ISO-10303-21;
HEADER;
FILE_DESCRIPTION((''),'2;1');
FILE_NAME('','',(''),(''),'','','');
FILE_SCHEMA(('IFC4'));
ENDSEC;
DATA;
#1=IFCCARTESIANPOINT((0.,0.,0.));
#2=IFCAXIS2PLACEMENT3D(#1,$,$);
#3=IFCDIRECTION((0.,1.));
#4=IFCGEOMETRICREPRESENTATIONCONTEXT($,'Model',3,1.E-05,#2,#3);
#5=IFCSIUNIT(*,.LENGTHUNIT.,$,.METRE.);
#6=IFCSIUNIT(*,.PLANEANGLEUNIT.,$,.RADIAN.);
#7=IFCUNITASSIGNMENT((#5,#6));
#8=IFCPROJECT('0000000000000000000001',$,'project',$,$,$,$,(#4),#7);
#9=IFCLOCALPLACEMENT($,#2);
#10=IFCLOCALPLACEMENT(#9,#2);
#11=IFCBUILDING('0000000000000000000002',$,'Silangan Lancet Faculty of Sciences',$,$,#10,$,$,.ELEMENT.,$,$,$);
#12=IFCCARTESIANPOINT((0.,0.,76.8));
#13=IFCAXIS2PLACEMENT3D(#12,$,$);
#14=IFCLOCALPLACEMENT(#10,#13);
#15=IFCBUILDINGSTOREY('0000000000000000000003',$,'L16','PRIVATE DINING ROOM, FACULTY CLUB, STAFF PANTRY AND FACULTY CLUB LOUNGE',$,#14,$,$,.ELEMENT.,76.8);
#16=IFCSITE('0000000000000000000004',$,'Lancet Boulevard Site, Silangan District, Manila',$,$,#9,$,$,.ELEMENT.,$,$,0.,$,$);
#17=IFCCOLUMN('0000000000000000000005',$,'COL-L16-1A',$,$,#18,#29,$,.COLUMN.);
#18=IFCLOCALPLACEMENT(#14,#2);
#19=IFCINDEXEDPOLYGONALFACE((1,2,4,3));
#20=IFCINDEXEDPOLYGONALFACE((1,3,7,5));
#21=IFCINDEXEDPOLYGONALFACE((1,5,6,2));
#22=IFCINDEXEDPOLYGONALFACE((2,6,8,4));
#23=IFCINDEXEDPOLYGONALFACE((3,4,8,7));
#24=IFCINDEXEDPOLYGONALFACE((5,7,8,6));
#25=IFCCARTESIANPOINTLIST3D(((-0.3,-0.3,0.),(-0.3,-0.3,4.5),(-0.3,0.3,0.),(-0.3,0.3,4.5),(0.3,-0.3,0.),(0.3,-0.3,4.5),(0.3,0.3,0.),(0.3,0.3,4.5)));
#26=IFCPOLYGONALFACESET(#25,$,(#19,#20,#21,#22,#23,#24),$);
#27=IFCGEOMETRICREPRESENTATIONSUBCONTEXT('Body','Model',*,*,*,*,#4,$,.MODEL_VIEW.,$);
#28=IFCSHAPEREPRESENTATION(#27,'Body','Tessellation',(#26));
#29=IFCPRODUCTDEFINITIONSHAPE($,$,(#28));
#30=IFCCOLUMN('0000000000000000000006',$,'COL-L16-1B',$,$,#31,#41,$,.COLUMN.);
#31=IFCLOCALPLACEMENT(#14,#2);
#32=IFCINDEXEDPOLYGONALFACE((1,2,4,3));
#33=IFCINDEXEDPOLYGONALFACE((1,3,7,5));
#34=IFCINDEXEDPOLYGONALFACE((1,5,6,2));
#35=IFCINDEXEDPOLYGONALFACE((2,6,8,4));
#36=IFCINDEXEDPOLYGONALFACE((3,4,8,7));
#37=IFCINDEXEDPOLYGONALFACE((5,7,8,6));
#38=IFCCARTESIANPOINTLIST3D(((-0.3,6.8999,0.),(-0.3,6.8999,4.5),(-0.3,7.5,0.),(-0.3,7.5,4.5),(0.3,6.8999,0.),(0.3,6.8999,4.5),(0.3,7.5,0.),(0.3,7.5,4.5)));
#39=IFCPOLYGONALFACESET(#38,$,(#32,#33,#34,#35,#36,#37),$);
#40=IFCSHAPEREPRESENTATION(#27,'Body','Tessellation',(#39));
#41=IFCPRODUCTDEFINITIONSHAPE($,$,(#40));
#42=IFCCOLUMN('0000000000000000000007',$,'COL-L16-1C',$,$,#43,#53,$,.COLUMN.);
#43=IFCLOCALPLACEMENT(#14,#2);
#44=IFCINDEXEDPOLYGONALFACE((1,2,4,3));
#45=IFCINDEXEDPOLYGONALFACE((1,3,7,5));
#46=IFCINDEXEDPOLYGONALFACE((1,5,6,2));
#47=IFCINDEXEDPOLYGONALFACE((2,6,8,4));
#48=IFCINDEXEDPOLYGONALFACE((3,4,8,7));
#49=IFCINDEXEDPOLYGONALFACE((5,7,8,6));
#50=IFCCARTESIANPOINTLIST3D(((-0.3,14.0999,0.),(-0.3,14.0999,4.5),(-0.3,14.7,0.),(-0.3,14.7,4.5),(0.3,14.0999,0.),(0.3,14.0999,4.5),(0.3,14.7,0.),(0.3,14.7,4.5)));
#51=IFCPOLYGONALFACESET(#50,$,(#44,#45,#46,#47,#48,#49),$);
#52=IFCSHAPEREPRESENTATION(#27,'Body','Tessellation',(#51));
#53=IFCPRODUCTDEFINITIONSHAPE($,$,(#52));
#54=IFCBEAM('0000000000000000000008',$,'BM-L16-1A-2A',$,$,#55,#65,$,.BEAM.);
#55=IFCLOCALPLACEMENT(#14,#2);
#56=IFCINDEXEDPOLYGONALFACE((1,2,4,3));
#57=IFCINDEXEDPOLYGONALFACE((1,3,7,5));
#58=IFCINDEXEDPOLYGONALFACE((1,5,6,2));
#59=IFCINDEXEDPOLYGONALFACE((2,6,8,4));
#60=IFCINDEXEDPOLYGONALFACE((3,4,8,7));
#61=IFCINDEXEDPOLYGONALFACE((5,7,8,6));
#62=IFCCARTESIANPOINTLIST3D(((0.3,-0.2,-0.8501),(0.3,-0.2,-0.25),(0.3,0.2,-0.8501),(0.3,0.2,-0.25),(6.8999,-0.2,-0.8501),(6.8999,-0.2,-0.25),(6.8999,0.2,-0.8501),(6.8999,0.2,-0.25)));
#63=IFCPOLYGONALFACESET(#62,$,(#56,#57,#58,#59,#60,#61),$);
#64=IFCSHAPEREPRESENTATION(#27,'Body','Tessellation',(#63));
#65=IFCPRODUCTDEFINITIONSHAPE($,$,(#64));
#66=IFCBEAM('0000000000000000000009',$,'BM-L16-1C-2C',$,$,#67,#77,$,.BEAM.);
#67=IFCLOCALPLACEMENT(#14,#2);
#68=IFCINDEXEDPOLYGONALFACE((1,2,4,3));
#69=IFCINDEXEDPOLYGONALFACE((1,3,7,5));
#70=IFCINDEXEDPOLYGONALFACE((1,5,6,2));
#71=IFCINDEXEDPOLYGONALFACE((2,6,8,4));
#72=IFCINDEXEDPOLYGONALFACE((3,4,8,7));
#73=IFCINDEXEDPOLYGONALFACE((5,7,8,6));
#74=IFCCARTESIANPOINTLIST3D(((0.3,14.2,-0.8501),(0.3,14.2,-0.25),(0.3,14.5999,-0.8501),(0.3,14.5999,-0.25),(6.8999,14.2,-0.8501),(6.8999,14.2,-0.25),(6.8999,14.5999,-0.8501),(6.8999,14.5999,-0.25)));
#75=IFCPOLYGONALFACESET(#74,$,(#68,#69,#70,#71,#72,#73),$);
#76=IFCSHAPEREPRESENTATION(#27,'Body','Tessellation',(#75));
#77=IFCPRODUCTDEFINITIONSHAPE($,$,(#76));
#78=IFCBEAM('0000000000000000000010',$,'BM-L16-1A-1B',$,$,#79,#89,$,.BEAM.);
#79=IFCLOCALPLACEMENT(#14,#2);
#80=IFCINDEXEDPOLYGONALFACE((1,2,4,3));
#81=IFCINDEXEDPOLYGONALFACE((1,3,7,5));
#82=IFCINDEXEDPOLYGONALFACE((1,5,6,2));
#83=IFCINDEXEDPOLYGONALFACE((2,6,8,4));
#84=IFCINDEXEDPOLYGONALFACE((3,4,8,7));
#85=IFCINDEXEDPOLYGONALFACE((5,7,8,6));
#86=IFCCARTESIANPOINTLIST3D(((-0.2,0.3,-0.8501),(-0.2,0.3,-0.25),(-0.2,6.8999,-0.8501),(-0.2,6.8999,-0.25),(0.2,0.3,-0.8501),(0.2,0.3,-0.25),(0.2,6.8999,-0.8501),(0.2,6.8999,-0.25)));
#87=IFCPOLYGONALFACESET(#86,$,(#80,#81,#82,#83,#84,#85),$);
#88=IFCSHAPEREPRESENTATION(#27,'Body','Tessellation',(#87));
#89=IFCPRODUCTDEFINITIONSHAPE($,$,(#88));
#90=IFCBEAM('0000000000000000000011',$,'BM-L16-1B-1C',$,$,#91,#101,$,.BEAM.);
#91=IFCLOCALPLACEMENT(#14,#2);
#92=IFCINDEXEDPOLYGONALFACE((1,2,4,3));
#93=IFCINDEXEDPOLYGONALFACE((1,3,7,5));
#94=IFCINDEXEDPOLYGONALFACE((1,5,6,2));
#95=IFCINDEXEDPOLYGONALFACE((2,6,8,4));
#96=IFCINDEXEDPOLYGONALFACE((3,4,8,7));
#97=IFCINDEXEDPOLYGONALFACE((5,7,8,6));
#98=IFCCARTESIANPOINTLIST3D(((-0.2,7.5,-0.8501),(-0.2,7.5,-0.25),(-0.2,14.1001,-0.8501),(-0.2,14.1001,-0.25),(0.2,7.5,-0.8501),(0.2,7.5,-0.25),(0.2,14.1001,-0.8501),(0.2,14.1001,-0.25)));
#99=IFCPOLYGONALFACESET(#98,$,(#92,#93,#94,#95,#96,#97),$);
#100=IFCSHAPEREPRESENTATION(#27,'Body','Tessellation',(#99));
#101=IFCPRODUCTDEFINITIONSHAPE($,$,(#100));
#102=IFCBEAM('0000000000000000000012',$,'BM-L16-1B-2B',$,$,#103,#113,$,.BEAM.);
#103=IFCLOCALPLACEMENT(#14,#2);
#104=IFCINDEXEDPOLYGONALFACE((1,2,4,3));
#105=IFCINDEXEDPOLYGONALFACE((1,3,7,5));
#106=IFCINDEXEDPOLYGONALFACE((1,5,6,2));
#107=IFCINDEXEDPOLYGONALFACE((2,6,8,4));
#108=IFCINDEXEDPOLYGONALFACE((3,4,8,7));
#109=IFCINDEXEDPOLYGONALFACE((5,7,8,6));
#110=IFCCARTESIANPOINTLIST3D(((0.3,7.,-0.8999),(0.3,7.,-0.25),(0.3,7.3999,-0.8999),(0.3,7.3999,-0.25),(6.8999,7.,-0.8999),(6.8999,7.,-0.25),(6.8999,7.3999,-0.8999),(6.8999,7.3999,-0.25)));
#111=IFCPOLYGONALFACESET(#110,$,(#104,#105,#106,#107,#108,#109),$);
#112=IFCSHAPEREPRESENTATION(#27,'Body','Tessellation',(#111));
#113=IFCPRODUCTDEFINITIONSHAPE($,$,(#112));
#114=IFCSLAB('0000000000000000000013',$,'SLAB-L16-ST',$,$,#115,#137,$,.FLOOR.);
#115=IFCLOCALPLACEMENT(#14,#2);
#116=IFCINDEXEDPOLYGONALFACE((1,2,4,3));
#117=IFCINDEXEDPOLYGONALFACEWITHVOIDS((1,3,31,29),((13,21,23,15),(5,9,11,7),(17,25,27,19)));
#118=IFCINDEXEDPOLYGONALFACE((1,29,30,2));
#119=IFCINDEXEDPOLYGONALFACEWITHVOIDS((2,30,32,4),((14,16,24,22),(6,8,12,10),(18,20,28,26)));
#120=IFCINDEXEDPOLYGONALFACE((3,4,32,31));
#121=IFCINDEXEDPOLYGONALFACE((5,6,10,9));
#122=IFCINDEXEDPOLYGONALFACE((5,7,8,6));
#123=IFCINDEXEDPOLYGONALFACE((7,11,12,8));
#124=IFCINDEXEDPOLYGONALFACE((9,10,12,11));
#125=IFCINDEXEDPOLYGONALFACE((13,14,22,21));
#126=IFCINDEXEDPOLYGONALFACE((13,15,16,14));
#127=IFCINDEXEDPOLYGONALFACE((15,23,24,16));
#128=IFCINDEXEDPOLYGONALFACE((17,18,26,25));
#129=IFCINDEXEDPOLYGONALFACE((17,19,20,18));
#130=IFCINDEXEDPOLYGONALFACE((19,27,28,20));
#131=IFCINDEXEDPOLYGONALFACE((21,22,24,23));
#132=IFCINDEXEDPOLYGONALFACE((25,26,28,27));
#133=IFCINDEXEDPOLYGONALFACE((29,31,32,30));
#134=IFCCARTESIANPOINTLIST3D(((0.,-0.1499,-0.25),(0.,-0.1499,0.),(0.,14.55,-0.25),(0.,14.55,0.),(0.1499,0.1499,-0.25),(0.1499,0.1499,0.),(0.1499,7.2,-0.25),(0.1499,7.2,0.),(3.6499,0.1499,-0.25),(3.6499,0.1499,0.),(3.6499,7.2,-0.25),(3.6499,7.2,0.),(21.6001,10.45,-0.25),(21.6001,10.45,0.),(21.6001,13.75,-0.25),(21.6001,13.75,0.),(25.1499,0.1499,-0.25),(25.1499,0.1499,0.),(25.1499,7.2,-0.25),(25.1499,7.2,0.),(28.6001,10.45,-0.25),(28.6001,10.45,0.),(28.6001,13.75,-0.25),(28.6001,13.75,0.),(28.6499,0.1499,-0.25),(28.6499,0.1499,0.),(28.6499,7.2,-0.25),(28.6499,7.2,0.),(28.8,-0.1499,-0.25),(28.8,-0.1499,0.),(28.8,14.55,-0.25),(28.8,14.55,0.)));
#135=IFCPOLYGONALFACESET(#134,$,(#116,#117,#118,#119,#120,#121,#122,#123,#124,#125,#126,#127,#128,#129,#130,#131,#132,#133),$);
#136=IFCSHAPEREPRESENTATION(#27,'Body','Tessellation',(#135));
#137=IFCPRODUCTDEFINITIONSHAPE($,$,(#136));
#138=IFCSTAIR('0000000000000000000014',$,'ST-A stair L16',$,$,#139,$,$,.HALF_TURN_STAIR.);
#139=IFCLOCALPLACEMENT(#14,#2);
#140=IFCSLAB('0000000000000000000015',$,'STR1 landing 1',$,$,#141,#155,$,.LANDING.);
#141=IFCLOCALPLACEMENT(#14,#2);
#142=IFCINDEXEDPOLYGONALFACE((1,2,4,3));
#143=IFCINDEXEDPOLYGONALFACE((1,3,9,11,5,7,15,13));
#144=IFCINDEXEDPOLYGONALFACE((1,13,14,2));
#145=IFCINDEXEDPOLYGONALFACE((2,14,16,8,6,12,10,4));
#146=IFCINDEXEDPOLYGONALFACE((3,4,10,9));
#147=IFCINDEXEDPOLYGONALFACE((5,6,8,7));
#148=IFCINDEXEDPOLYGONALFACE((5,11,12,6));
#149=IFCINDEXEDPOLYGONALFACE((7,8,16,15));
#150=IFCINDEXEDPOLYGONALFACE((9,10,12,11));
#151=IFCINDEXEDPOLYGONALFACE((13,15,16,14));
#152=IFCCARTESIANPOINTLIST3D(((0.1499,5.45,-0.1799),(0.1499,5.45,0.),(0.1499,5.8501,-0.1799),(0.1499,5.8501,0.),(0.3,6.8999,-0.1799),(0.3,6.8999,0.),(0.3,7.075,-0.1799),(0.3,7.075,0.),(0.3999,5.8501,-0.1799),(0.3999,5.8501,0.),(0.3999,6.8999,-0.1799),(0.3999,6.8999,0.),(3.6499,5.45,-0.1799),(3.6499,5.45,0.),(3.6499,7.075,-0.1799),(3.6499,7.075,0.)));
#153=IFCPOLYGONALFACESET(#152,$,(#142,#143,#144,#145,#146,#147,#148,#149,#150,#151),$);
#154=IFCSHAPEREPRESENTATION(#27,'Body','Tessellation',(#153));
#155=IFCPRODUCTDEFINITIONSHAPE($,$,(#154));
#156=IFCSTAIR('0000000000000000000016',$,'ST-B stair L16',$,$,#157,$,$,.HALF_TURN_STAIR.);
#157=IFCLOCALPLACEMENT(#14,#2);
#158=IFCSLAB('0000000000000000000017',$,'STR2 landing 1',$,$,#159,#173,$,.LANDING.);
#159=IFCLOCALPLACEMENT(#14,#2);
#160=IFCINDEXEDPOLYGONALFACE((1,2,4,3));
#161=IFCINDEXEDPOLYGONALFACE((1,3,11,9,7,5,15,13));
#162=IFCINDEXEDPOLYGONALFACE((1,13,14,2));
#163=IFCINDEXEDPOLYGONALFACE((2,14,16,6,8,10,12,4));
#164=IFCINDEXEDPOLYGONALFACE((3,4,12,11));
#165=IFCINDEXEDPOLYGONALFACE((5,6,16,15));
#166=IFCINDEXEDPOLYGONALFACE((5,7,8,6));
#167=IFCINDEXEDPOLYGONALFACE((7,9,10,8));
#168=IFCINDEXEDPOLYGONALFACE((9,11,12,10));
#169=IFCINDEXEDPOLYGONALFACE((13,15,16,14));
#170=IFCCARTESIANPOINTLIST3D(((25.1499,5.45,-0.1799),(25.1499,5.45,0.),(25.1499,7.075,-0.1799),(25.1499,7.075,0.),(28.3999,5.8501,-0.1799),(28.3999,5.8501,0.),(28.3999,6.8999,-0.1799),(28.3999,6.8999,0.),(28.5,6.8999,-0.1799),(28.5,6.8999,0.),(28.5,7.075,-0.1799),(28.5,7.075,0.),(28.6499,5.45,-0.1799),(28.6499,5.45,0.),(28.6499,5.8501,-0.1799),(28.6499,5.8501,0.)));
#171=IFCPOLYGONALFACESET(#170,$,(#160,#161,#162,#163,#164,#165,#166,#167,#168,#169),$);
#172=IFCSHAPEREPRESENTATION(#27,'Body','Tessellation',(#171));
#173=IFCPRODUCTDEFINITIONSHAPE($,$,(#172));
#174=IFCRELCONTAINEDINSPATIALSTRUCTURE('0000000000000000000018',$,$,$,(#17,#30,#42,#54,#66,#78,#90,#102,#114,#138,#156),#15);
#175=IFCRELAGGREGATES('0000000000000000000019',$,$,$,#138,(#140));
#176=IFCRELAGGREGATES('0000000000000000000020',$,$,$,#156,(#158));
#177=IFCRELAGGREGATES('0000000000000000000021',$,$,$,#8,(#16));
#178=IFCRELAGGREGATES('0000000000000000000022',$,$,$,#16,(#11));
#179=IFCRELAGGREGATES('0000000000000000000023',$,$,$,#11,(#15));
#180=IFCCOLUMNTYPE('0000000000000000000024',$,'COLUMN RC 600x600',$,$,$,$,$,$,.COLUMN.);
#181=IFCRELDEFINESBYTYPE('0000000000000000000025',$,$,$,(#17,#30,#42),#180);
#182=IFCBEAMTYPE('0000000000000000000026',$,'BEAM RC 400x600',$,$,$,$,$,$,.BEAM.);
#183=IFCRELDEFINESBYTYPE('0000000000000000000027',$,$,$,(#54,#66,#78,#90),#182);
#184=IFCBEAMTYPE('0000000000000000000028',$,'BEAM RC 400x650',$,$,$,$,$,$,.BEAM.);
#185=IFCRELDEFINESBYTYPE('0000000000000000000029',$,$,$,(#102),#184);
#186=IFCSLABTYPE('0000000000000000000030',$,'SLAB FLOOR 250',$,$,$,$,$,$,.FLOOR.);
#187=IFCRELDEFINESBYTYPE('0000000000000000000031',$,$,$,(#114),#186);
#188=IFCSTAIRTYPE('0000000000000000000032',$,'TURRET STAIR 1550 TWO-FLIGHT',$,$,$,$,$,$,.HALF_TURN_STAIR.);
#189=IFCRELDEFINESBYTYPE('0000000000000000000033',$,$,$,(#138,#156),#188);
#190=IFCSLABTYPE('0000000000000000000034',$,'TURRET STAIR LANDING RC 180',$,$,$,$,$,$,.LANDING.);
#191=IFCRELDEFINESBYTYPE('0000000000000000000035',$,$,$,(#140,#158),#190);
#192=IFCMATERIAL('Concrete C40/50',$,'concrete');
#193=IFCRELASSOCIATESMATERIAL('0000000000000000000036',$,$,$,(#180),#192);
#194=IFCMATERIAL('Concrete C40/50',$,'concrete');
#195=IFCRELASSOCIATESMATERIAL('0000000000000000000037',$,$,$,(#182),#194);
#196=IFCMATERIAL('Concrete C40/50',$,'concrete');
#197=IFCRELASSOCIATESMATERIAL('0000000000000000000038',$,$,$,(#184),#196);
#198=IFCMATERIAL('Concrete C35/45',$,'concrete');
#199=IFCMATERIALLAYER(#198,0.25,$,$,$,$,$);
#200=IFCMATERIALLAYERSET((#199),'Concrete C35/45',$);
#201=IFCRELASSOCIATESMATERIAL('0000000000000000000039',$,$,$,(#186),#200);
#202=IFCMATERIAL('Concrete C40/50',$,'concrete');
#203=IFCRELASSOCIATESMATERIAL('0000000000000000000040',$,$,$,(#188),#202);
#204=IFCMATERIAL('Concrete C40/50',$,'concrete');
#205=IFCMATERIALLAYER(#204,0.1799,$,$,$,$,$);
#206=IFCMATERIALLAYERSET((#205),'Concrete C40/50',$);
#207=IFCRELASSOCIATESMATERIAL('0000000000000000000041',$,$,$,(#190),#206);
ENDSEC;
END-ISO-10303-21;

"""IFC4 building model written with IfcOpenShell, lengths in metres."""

from ifc_helpers import new_model, si_unit, direction, frame, origin, origin_2d, place, context, subcontext, project, spatial, polyline, rectangle, outline, extrude, material, layer, layer_set, material_profile, profile_set, type_object, element, aggregate, save


model = new_model("IFC4")

# Units and contexts
model_context = context("Model", 3, precision=1e-05, world=origin(), true_north=direction((0.0, 1.0)))
body_context = subcontext(model_context, "Body", "Model", "MODEL_VIEW")
ifc_project = project(units=[si_unit("LENGTHUNIT", "METRE"), si_unit("PLANEANGLEUNIT", "RADIAN")], contexts=[model_context])

# Site, building, storey
site_placement = place(None, origin())
site = spatial("IfcSite", under=ifc_project, at=site_placement, Name="Lancet Boulevard Site, Silangan District, Manila", CompositionType="ELEMENT", RefElevation=0.0)
building_placement = place(site_placement, origin())
building = spatial("IfcBuilding", under=site, at=building_placement, Name="Silangan Lancet Faculty of Sciences", CompositionType="ELEMENT")
storey_placement = place(building_placement, frame((0.0, 0.0, 76.8)))
storey = spatial("IfcBuildingStorey", under=building, at=storey_placement, Name="L16", Description="PRIVATE DINING ROOM, FACULTY CLUB, STAFF PANTRY AND FACULTY CLUB LOUNGE", CompositionType="ELEMENT", Elevation=76.8)

# Columns
ifc_material_1 = material(Name="Concrete C40/50", Category="concrete")
ifc_material_profile_1 = material_profile(ifc_material_1, rectangle(XDim=0.6001, YDim=0.6001, at=origin_2d()), Name="RC 600x600")
ifc_profile_set_1 = profile_set([ifc_material_profile_1], Name="Concrete C40/50")
column_type = type_object("IfcColumnType", Name="COLUMN RC 600x600", PredefinedType="COLUMN", material=ifc_profile_set_1)
for number, where, z_axis, x_axis, name in (
    (1, (0.0, 0.0, 0.0), (0.0, 0.0, 1.0), (1.0, 0.0, 0.0), "COL-L16-1A"),
    (2, (0.0, 7.2, 0.0), (0.0, 0.0, 1.0), (1.0, 0.0, 0.0), "COL-L16-1B"),
    (3, (0.0, 14.3999, 0.0), (0.0, 0.0, 1.0), (1.0, 0.0, 0.0), "COL-L16-1C"),
):
    element("IfcColumn", number, at=place(storey_placement, frame(where, z_axis=z_axis, x_axis=x_axis)), inside=storey, type_object=column_type, Name=name, PredefinedType="COLUMN", context=body_context, shape_type="SweptSolid", body=[
        extrude(rectangle(XDim=0.6001, YDim=0.6001, at=origin_2d()), origin(), (0.0, 0.0, 1.0), 4.5),
    ])

# Beams
ifc_material_2 = material(Name="Concrete C40/50", Category="concrete")
ifc_material_profile_2 = material_profile(ifc_material_2, rectangle(XDim=0.3999, YDim=0.6001, at=origin_2d()), Name="RC 400x600")
ifc_profile_set_2 = profile_set([ifc_material_profile_2], Name="Concrete C40/50")
beam_type_1 = type_object("IfcBeamType", Name="BEAM RC 400x600", PredefinedType="BEAM", material=ifc_profile_set_2)
for number, where, z_axis, x_axis, name in (
    (4, (0.3, 0.0, -0.55), (1.0, 0.0, 0.0), (0.0, 1.0, 0.0), "BM-L16-1A-2A"),
    (5, (0.3, 14.3999, -0.55), (1.0, 0.0, 0.0), (0.0, 1.0, 0.0), "BM-L16-1C-2C"),
    (6, (0.0, 0.3, -0.55), (0.0, 1.0, 0.0), (-1.0, 0.0, 0.0), "BM-L16-1A-1B"),
):
    element("IfcBeam", number, at=place(storey_placement, frame(where, z_axis=z_axis, x_axis=x_axis)), inside=storey, type_object=beam_type_1, Name=name, PredefinedType="BEAM", context=body_context, shape_type="SweptSolid", body=[
        extrude(rectangle(XDim=0.3999, YDim=0.6001, at=origin_2d()), origin(), (0.0, 0.0, 1.0), 6.5999),
    ])
beam_1_placement = place(storey_placement, frame((0.0, 7.5, -0.55), z_axis=(0.0, 1.0, 0.0), x_axis=(-1.0, 0.0, 0.0)))
element("IfcBeam", 7, at=beam_1_placement, inside=storey, type_object=beam_type_1, Name="BM-L16-1B-1C", PredefinedType="BEAM", context=body_context, shape_type="SweptSolid", body=[
    extrude(rectangle(XDim=0.3999, YDim=0.6001, at=origin_2d()), origin(), (0.0, 0.0, 1.0), 6.6001),
])
ifc_material_3 = material(Name="Concrete C40/50", Category="concrete")
ifc_material_profile_3 = material_profile(ifc_material_3, rectangle(XDim=0.3999, YDim=0.6499, at=origin_2d()), Name="RC 400x650")
ifc_profile_set_3 = profile_set([ifc_material_profile_3], Name="Concrete C40/50")
beam_type_2 = type_object("IfcBeamType", Name="BEAM RC 400x650", PredefinedType="BEAM", material=ifc_profile_set_3)
beam_2_placement = place(storey_placement, frame((0.3, 7.2, -0.575), z_axis=(1.0, 0.0, 0.0), x_axis=(0.0, 1.0, 0.0)))
element("IfcBeam", 8, at=beam_2_placement, inside=storey, type_object=beam_type_2, Name="BM-L16-1B-2B", PredefinedType="BEAM", context=body_context, shape_type="SweptSolid", body=[
    extrude(rectangle(XDim=0.3999, YDim=0.6499, at=origin_2d()), origin(), (0.0, 0.0, 1.0), 6.5999),
])

# Slab
ifc_material_4 = material(Name="Concrete C35/45", Category="concrete")
ifc_layer_1 = layer(ifc_material_4, 0.25)
ifc_layer_set_1 = layer_set([ifc_layer_1], Name="Concrete C35/45")
slab_type_1 = type_object("IfcSlabType", Name="SLAB FLOOR 250", PredefinedType="FLOOR", material=ifc_layer_set_1)
slab_1_placement = place(storey_placement, frame((0.0, 0.0, -0.25)))
element("IfcSlab", 9, at=slab_1_placement, inside=storey, type_object=slab_type_1, Name="SLAB-L16-ST", PredefinedType="FLOOR", context=body_context, shape_type="SweptSolid", body=[
    extrude(outline(polyline([(0.0, 14.55), (0.0, -0.1499), (28.8, -0.1499), (28.8, 14.55), (0.0, 14.55)]), holes=[polyline([(0.1499, 0.1499), (0.1499, 7.2), (3.6499, 7.2), (3.6499, 0.1499), (0.1499, 0.1499)]), polyline([(25.1499, 7.2), (28.6499, 7.2), (28.6499, 0.1499), (25.1499, 0.1499), (25.1499, 7.2)]), polyline([(21.6001, 13.75), (28.6001, 13.75), (28.6001, 10.45), (21.6001, 10.45), (21.6001, 13.75)])]), origin(), (0.0, 0.0, 1.0), 0.25),
])

# Stairs, slabs
ifc_material_5 = material(Name="Concrete C40/50", Category="concrete")
stair_type = type_object("IfcStairType", Name="TURRET STAIR 1550 TWO-FLIGHT", PredefinedType="HALF_TURN_STAIR", material=ifc_material_5)
stair_1_placement = place(storey_placement, origin())
stair_1 = element("IfcStair", 10, at=stair_1_placement, inside=storey, type_object=stair_type, Name="ST-A stair L16", PredefinedType="HALF_TURN_STAIR")
ifc_material_6 = material(Name="Concrete C40/50", Category="concrete")
ifc_layer_2 = layer(ifc_material_6, 0.1799)
ifc_layer_set_2 = layer_set([ifc_layer_2], Name="Concrete C40/50")
slab_type_2 = type_object("IfcSlabType", Name="TURRET STAIR LANDING RC 180", PredefinedType="LANDING", material=ifc_layer_set_2)
slab_2_placement = place(storey_placement, frame((0.0, 0.0, -0.1799)))
slab_2 = element("IfcSlab", 11, at=slab_2_placement, type_object=slab_type_2, Name="STR1 landing 1", PredefinedType="LANDING", context=body_context, shape_type="SweptSolid", body=[
    extrude(outline(polyline([(0.3999, 6.8999), (0.3, 6.8999), (0.3, 7.075), (3.6499, 7.075), (3.6499, 5.45), (0.1499, 5.45), (0.1499, 5.8501), (0.3999, 5.8501), (0.3999, 6.8999)])), origin(), (0.0, 0.0, 1.0), 0.1799),
])
aggregate(stair_1, [slab_2])
stair_2_placement = place(storey_placement, origin())
stair_2 = element("IfcStair", 12, at=stair_2_placement, inside=storey, type_object=stair_type, Name="ST-B stair L16", PredefinedType="HALF_TURN_STAIR")
slab_3_placement = place(storey_placement, frame((0.0, 0.0, -0.1799)))
slab_3 = element("IfcSlab", 13, at=slab_3_placement, type_object=slab_type_2, Name="STR2 landing 1", PredefinedType="LANDING", context=body_context, shape_type="SweptSolid", body=[
    extrude(outline(polyline([(28.3999, 5.8501), (28.6499, 5.8501), (28.6499, 5.45), (25.1499, 5.45), (25.1499, 7.075), (28.5, 7.075), (28.5, 6.8999), (28.3999, 6.8999), (28.3999, 5.8501)])), origin(), (0.0, 0.0, 1.0), 0.1799),
])
aggregate(stair_2, [slab_3])

save(model, "model.ifc")
